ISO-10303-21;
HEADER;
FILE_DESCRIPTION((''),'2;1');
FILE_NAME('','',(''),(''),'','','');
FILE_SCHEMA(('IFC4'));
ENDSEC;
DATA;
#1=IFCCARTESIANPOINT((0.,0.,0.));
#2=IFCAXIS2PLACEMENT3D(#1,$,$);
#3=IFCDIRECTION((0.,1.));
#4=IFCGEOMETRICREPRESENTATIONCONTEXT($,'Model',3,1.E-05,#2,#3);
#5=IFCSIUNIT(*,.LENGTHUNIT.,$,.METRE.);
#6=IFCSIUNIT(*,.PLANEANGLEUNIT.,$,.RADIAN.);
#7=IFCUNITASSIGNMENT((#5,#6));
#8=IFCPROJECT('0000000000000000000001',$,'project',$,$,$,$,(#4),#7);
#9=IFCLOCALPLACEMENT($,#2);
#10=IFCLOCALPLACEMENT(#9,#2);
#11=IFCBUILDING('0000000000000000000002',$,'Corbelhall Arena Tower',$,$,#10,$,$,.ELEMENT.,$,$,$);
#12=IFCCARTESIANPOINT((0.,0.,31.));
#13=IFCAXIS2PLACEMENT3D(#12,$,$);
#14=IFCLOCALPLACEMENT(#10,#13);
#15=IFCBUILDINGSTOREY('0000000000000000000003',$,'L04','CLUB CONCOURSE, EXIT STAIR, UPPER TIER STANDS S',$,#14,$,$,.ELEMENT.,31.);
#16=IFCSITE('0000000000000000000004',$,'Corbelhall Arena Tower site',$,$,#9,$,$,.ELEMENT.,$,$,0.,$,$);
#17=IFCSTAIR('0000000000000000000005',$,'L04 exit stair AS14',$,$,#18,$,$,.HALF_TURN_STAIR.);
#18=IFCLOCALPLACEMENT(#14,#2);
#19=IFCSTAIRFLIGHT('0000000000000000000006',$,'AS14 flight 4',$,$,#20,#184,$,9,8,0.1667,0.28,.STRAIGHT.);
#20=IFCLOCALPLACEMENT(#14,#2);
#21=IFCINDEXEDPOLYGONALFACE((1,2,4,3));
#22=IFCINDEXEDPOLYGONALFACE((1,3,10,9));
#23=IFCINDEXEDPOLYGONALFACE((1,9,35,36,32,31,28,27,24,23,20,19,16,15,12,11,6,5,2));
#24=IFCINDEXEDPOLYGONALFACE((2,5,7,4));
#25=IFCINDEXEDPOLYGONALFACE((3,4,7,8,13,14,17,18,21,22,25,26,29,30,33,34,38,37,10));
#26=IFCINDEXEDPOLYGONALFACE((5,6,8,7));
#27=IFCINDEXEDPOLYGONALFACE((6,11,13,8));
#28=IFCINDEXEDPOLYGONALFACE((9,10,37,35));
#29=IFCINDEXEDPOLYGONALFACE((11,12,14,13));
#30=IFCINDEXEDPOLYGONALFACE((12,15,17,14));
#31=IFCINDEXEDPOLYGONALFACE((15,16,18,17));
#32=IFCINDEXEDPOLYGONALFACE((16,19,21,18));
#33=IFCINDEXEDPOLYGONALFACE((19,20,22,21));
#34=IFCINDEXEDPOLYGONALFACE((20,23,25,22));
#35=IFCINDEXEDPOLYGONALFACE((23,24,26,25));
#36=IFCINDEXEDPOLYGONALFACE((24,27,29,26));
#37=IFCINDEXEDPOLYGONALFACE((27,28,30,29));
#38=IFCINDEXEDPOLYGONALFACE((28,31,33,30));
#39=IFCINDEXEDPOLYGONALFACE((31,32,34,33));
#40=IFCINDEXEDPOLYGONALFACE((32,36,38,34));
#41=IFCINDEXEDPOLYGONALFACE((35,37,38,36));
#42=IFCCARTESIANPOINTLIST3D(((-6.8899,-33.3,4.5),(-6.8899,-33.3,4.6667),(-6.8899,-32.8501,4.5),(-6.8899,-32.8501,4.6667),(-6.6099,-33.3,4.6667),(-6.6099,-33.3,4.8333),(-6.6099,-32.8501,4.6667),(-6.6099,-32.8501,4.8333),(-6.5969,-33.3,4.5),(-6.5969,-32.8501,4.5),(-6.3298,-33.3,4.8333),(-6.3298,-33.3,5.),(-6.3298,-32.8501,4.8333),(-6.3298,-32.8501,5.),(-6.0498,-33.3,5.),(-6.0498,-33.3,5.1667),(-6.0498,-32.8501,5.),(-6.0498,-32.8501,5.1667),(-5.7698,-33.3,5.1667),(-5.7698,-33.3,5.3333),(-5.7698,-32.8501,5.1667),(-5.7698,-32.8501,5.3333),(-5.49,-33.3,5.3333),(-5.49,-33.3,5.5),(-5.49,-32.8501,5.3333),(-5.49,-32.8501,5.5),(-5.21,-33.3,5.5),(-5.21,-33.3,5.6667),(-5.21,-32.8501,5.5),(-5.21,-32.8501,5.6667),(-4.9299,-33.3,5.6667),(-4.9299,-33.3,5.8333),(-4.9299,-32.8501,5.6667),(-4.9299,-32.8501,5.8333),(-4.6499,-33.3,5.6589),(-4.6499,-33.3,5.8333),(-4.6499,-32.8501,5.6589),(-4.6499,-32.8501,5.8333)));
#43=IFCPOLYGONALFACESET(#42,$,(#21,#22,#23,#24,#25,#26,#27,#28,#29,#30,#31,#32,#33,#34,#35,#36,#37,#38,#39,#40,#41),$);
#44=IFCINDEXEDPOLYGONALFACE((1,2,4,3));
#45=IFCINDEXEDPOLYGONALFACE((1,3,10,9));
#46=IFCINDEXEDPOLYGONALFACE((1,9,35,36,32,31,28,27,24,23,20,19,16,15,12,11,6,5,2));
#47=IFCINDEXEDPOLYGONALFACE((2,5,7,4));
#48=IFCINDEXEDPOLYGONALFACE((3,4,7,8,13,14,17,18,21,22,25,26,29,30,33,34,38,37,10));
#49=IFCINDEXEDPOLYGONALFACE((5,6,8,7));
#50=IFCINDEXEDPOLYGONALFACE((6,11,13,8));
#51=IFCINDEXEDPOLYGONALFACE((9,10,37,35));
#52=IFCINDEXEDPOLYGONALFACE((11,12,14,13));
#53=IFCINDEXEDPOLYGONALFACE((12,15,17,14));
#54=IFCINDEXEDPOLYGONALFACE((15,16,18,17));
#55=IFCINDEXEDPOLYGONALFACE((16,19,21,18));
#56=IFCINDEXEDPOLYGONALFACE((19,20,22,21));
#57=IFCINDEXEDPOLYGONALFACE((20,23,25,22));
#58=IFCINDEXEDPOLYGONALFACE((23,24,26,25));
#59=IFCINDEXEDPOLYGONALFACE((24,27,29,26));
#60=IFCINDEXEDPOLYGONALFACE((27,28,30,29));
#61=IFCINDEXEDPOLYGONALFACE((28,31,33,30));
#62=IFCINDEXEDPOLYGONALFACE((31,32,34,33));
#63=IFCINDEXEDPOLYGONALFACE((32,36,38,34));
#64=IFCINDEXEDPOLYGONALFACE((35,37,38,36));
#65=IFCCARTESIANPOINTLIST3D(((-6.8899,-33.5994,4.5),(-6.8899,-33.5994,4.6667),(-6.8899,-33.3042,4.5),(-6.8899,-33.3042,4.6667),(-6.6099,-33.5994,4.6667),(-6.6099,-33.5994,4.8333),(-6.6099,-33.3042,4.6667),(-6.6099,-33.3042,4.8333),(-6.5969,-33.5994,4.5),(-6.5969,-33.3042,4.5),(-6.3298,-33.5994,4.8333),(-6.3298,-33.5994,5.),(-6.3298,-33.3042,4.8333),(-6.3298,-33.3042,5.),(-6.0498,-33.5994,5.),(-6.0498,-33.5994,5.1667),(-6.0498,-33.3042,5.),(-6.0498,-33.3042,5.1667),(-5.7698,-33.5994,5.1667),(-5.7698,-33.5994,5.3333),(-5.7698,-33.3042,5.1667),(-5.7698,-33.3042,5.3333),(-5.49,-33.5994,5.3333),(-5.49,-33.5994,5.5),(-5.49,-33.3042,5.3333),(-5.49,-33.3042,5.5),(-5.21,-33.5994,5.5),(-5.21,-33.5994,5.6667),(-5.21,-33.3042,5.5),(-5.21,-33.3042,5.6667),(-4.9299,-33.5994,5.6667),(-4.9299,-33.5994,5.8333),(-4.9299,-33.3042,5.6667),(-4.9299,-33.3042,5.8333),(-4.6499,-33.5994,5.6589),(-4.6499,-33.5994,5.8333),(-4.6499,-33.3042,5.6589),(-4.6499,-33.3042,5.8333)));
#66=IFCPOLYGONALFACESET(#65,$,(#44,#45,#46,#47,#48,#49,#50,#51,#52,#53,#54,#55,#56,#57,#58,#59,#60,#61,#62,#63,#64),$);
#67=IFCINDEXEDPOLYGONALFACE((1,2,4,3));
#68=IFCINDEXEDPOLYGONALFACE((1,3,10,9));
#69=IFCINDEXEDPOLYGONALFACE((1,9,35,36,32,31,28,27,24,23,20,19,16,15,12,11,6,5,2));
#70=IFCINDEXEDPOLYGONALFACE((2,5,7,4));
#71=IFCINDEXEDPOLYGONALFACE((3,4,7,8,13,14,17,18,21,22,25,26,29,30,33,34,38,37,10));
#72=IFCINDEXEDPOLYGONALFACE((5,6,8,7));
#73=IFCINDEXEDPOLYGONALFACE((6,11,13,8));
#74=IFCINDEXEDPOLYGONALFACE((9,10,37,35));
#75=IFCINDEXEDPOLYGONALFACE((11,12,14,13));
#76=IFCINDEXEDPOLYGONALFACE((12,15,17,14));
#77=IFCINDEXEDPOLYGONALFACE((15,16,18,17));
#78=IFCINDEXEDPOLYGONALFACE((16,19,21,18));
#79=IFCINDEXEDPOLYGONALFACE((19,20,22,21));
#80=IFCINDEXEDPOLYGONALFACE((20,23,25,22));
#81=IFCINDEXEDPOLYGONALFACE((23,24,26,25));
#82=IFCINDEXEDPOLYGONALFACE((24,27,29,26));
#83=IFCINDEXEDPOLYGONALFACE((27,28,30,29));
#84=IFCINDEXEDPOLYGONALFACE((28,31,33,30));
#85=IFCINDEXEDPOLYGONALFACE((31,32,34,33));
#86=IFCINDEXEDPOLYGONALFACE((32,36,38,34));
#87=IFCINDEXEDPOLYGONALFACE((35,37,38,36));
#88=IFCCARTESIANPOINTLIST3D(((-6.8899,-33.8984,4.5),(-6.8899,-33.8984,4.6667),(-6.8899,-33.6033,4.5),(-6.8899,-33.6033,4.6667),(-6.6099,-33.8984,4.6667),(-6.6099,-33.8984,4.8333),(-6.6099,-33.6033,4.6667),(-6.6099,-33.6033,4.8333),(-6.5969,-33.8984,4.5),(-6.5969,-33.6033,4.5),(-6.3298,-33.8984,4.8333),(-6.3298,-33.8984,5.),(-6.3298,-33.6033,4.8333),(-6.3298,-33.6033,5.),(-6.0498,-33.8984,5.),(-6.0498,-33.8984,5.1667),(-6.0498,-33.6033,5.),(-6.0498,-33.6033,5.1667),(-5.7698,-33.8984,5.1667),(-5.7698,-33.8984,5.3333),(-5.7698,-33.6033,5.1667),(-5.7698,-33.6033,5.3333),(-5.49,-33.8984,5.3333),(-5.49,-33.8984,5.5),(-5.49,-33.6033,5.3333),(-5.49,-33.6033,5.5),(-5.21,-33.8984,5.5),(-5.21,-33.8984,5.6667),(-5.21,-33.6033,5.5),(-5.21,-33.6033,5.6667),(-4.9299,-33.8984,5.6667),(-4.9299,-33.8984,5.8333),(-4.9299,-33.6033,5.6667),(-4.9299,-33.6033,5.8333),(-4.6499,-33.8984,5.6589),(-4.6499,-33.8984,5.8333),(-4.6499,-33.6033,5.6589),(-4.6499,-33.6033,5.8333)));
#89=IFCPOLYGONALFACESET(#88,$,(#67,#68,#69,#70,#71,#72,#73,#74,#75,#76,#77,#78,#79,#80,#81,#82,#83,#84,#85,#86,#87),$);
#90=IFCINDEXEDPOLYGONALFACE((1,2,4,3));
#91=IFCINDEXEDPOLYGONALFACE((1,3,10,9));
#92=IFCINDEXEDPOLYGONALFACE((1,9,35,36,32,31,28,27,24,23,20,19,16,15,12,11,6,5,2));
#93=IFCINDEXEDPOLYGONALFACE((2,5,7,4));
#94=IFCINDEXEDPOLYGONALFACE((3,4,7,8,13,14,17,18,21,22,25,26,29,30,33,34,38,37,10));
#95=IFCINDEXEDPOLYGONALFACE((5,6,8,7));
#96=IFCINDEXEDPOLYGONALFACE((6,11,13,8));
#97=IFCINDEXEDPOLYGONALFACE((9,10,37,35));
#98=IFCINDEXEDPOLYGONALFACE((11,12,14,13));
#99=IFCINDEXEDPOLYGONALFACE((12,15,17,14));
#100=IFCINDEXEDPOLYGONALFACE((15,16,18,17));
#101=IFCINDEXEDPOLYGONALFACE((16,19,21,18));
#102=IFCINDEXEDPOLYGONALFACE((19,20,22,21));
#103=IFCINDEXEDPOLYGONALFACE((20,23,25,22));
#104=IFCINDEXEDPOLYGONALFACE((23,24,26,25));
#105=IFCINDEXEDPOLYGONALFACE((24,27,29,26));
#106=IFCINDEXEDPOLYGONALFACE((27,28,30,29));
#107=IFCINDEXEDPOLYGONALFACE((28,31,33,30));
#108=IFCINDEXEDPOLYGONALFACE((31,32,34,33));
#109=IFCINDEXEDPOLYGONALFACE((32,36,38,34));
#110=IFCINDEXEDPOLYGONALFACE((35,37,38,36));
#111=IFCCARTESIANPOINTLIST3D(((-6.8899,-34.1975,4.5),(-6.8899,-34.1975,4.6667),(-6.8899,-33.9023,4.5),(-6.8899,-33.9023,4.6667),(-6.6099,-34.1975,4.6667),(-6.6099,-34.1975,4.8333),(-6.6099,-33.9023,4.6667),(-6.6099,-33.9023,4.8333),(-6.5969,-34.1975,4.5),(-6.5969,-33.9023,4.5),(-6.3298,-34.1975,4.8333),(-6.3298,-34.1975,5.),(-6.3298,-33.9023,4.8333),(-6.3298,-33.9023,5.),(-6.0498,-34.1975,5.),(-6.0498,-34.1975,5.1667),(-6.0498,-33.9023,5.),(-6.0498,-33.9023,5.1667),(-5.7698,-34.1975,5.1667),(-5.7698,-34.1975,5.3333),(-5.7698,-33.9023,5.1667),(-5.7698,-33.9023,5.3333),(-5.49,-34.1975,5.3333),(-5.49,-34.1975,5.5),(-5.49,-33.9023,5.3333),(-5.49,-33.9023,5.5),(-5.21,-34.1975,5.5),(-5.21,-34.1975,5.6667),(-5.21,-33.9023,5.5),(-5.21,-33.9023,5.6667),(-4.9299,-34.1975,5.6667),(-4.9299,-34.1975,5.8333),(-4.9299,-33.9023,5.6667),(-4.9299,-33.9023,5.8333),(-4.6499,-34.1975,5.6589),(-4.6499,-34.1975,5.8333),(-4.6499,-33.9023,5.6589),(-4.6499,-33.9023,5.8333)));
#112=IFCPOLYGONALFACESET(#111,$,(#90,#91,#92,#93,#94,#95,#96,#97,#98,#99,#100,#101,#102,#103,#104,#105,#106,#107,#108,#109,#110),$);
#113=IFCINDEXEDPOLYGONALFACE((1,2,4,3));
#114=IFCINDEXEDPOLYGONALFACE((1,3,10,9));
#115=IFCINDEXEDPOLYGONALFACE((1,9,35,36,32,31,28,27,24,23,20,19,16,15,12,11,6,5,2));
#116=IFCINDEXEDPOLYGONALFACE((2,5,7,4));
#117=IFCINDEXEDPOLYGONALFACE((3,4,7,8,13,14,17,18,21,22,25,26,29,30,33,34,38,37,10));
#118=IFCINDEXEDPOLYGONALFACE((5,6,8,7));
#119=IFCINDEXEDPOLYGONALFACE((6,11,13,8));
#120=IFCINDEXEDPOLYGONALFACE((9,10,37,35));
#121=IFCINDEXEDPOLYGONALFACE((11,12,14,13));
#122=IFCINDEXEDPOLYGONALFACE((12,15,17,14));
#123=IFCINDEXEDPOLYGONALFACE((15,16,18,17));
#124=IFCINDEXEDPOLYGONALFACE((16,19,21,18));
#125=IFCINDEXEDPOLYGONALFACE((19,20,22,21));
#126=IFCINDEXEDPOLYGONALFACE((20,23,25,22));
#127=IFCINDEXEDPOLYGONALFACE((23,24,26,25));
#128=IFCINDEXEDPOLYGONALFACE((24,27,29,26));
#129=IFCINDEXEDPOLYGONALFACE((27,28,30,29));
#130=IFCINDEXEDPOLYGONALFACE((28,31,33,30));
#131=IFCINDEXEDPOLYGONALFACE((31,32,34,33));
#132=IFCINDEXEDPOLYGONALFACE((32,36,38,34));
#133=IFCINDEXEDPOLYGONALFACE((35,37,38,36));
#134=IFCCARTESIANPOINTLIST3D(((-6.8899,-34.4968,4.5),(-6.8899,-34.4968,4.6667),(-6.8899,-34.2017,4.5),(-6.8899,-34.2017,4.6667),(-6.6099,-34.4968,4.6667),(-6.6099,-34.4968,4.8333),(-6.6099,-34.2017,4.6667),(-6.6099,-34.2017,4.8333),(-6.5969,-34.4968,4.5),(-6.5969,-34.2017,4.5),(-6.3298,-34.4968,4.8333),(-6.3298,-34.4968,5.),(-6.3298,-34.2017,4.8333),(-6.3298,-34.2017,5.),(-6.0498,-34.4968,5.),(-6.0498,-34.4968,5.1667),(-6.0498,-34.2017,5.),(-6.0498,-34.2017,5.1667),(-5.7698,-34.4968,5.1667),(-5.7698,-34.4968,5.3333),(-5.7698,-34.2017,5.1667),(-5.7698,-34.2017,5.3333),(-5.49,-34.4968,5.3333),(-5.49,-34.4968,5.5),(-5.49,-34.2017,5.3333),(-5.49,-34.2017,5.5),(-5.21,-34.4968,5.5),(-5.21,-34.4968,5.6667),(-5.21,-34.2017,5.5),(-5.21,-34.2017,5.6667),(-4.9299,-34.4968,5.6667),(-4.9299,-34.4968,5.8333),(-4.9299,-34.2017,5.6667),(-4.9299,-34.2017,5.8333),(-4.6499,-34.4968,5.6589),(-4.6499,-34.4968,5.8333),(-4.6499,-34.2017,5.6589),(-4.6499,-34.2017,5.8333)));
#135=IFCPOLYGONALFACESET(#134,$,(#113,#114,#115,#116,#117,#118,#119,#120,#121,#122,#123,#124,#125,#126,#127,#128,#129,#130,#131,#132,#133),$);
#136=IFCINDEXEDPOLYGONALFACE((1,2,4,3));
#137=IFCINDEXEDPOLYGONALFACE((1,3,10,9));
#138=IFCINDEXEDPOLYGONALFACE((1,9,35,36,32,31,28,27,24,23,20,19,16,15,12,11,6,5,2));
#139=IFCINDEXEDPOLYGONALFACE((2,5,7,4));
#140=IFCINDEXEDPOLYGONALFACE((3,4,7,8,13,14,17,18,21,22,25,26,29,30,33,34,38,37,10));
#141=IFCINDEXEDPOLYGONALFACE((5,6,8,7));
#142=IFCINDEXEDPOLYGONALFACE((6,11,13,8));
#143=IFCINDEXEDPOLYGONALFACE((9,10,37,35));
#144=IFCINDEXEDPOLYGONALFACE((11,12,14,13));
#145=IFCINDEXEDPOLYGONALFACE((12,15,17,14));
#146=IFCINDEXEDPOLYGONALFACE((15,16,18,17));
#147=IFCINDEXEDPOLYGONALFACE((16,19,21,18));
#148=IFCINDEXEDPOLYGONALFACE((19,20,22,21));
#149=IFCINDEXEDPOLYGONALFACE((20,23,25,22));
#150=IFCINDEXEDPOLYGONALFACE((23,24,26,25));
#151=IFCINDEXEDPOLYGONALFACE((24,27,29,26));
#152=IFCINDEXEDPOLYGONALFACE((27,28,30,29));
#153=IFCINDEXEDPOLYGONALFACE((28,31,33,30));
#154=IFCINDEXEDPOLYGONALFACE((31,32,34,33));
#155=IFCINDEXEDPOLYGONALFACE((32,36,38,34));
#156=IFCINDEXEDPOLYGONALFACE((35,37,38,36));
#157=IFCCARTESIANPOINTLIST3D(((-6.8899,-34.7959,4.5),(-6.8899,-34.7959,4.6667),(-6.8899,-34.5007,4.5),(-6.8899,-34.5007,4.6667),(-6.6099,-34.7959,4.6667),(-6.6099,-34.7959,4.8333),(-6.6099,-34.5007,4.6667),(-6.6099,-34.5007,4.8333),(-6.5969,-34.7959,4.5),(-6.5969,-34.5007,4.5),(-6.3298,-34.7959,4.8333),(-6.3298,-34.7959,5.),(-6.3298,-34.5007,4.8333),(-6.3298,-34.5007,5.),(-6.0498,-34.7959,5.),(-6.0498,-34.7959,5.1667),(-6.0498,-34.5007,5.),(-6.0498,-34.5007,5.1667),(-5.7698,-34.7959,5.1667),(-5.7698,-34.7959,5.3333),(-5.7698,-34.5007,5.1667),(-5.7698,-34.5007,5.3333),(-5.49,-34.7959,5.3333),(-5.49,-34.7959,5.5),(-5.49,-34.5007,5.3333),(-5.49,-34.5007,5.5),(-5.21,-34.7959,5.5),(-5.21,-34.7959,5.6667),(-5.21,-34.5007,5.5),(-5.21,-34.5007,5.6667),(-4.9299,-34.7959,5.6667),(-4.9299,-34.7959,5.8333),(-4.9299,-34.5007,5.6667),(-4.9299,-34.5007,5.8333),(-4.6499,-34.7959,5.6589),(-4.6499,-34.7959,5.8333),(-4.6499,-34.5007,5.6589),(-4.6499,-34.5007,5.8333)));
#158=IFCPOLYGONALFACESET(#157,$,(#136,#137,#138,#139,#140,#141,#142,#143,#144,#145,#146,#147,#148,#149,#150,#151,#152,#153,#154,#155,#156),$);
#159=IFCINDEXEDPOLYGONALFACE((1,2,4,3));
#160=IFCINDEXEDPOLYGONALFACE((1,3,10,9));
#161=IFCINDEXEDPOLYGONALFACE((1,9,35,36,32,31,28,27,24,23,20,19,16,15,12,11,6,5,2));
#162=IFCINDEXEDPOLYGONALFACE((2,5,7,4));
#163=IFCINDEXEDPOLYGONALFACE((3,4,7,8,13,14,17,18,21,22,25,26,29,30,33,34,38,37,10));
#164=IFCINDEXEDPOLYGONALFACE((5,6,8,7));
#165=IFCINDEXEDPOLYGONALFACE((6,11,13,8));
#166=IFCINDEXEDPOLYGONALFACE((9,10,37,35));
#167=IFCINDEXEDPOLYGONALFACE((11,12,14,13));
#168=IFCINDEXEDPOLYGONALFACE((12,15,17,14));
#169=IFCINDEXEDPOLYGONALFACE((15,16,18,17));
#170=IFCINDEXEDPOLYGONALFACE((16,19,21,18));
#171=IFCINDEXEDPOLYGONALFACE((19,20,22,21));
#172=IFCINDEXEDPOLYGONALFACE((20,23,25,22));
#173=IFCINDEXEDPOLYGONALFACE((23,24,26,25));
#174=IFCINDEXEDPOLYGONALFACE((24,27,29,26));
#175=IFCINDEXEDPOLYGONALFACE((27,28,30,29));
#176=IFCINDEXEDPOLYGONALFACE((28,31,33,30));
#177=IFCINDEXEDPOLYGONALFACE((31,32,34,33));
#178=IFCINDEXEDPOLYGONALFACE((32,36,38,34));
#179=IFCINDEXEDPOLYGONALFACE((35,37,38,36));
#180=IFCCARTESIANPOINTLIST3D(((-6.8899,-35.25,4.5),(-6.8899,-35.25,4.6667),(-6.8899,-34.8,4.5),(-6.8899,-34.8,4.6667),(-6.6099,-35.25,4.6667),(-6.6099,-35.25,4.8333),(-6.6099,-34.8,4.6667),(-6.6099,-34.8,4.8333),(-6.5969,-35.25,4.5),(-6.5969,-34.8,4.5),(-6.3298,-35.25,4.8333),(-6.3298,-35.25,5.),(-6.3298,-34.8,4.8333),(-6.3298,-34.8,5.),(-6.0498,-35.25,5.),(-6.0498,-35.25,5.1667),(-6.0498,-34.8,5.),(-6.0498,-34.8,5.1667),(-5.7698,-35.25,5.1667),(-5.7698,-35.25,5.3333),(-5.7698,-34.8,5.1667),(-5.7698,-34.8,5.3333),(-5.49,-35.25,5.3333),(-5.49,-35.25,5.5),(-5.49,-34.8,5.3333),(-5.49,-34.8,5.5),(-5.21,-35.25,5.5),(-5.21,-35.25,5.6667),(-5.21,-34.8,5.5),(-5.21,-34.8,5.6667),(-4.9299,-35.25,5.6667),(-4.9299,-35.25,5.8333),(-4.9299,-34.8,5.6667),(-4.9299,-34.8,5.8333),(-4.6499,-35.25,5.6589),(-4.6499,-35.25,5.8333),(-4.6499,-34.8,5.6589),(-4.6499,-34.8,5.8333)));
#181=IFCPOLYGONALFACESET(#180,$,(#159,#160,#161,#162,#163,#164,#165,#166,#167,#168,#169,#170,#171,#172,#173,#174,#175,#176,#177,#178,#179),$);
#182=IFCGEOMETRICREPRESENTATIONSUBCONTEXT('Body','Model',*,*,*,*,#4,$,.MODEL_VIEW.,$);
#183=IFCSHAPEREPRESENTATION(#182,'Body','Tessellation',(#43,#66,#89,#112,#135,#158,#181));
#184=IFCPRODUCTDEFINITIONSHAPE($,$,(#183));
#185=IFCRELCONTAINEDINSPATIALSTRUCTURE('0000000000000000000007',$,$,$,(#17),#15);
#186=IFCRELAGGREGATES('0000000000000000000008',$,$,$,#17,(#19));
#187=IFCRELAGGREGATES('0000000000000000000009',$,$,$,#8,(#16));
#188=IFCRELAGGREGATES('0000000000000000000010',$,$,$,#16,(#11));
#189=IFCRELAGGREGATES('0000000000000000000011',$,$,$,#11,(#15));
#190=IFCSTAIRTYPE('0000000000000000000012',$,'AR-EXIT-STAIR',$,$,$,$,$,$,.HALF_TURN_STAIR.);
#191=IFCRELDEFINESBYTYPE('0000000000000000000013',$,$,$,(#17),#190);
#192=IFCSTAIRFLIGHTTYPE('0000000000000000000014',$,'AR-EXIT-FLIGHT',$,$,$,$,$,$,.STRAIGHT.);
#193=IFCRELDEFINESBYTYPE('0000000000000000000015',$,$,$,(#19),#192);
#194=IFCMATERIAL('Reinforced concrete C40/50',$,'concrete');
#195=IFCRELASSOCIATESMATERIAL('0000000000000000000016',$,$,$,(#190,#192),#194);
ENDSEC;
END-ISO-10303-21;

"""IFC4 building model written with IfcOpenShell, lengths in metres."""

from ifc_helpers import new_model, si_unit, direction, frame, origin, place, context, subcontext, project, spatial, polyline, outline, extrude, material, type_object, element, aggregate, save


model = new_model("IFC4")

# Units and contexts
model_context = context("Model", 3, precision=1e-05, world=origin(), true_north=direction((0.0, 1.0)))
body_context = subcontext(model_context, "Body", "Model", "MODEL_VIEW")
ifc_project = project(units=[si_unit("LENGTHUNIT", "METRE"), si_unit("PLANEANGLEUNIT", "RADIAN")], contexts=[model_context])

# Site, building, storey
site_placement = place(None, origin())
site = spatial("IfcSite", under=ifc_project, at=site_placement, Name="Corbelhall Arena Tower site", CompositionType="ELEMENT", RefElevation=0.0)
building_placement = place(site_placement, origin())
building = spatial("IfcBuilding", under=site, at=building_placement, Name="Corbelhall Arena Tower", CompositionType="ELEMENT")
storey_placement = place(building_placement, frame((0.0, 0.0, 31.0)))
storey = spatial("IfcBuildingStorey", under=building, at=storey_placement, Name="L04", Description="CLUB CONCOURSE, EXIT STAIR, UPPER TIER STANDS S", CompositionType="ELEMENT", Elevation=31.0)

# Shared definitions
ifc_material_1 = material(Name="Reinforced concrete C40/50", Category="concrete")

# Stair, stair flight
stair_type = type_object("IfcStairType", Name="AR-EXIT-STAIR", PredefinedType="HALF_TURN_STAIR", material=ifc_material_1)
stair_flight_type = type_object("IfcStairFlightType", Name="AR-EXIT-FLIGHT", PredefinedType="STRAIGHT", material=ifc_material_1)
stair_1_placement = place(storey_placement, origin())
stair_1 = element("IfcStair", 1, at=stair_1_placement, inside=storey, type_object=stair_type, Name="L04 exit stair AS14", PredefinedType="HALF_TURN_STAIR")
stair_flight_1_placement = place(storey_placement, frame((-6.8899, -34.05, 4.5), z_axis=(0.0, 0.0, 1.0), x_axis=(1.0, 0.0, 0.0)))
stair_flight_1 = element("IfcStairFlight", 2, at=stair_flight_1_placement, type_object=stair_flight_type, Name="AS14 flight 4", NumberOfRisers=9, NumberOfTreads=8, PredefinedType="STRAIGHT", RiserHeight=0.1667, TreadLength=0.28, context=body_context, shape_type="SweptSolid", body=[
    extrude(outline(polyline([(0.0, 0.0), (0.0, 0.1667), (0.28, 0.1667), (0.28, 0.3333), (0.5601, 0.3333), (0.5601, 0.5), (0.8401, 0.5), (0.8401, 0.6667), (1.1201, 0.6667), (1.1201, 0.8333), (1.3999, 0.8333), (1.3999, 1.0), (1.6799, 1.0), (1.6799, 1.1667), (1.96, 1.1667), (1.96, 1.3333), (2.24, 1.3333), (2.24, 1.5), (2.24, 1.1589), (0.293, 0.0), (0.0, 0.0)])), frame((0.0, 1.2, 0.0), z_axis=(0.0, -1.0, 0.0), x_axis=(1.0, 0.0, 0.0)), (0.0, 0.0, 1.0), 0.45),
    extrude(outline(polyline([(0.0, 0.0), (0.0, 0.1667), (0.28, 0.1667), (0.28, 0.3333), (0.5601, 0.3333), (0.5601, 0.5), (0.8401, 0.5), (0.8401, 0.6667), (1.1201, 0.6667), (1.1201, 0.8333), (1.3999, 0.8333), (1.3999, 1.0), (1.6799, 1.0), (1.6799, 1.1667), (1.96, 1.1667), (1.96, 1.3333), (2.24, 1.3333), (2.24, 1.5), (2.24, 1.1589), (0.293, 0.0), (0.0, 0.0)])), frame((0.0, 0.7458, 0.0), z_axis=(0.0, -1.0, 0.0), x_axis=(1.0, 0.0, 0.0)), (0.0, 0.0, 1.0), 0.2952),
    extrude(outline(polyline([(0.0, 0.0), (0.0, 0.1667), (0.28, 0.1667), (0.28, 0.3333), (0.5601, 0.3333), (0.5601, 0.5), (0.8401, 0.5), (0.8401, 0.6667), (1.1201, 0.6667), (1.1201, 0.8333), (1.3999, 0.8333), (1.3999, 1.0), (1.6799, 1.0), (1.6799, 1.1667), (1.96, 1.1667), (1.96, 1.3333), (2.24, 1.3333), (2.24, 1.5), (2.24, 1.1589), (0.293, 0.0), (0.0, 0.0)])), frame((0.0, 0.4468, 0.0), z_axis=(0.0, -1.0, 0.0), x_axis=(1.0, 0.0, 0.0)), (0.0, 0.0, 1.0), 0.2952),
    extrude(outline(polyline([(0.0, 0.0), (0.0, 0.1667), (0.28, 0.1667), (0.28, 0.3333), (0.5601, 0.3333), (0.5601, 0.5), (0.8401, 0.5), (0.8401, 0.6667), (1.1201, 0.6667), (1.1201, 0.8333), (1.3999, 0.8333), (1.3999, 1.0), (1.6799, 1.0), (1.6799, 1.1667), (1.96, 1.1667), (1.96, 1.3333), (2.24, 1.3333), (2.24, 1.5), (2.24, 1.1589), (0.293, 0.0), (0.0, 0.0)])), frame((0.0, 0.1477, 0.0), z_axis=(0.0, -1.0, 0.0), x_axis=(1.0, 0.0, 0.0)), (0.0, 0.0, 1.0), 0.2952),
    extrude(outline(polyline([(0.0, 0.0), (0.0, 0.1667), (0.28, 0.1667), (0.28, 0.3333), (0.5601, 0.3333), (0.5601, 0.5), (0.8401, 0.5), (0.8401, 0.6667), (1.1201, 0.6667), (1.1201, 0.8333), (1.3999, 0.8333), (1.3999, 1.0), (1.6799, 1.0), (1.6799, 1.1667), (1.96, 1.1667), (1.96, 1.3333), (2.24, 1.3333), (2.24, 1.5), (2.24, 1.1589), (0.293, 0.0), (0.0, 0.0)])), frame((0.0, -0.1516, 0.0), z_axis=(0.0, -1.0, 0.0), x_axis=(1.0, 0.0, 0.0)), (0.0, 0.0, 1.0), 0.2952),
    extrude(outline(polyline([(0.0, 0.0), (0.0, 0.1667), (0.28, 0.1667), (0.28, 0.3333), (0.5601, 0.3333), (0.5601, 0.5), (0.8401, 0.5), (0.8401, 0.6667), (1.1201, 0.6667), (1.1201, 0.8333), (1.3999, 0.8333), (1.3999, 1.0), (1.6799, 1.0), (1.6799, 1.1667), (1.96, 1.1667), (1.96, 1.3333), (2.24, 1.3333), (2.24, 1.5), (2.24, 1.1589), (0.293, 0.0), (0.0, 0.0)])), frame((0.0, -0.4507, 0.0), z_axis=(0.0, -1.0, 0.0), x_axis=(1.0, 0.0, 0.0)), (0.0, 0.0, 1.0), 0.2952),
    extrude(outline(polyline([(0.0, 0.0), (0.0, 0.1667), (0.28, 0.1667), (0.28, 0.3333), (0.5601, 0.3333), (0.5601, 0.5), (0.8401, 0.5), (0.8401, 0.6667), (1.1201, 0.6667), (1.1201, 0.8333), (1.3999, 0.8333), (1.3999, 1.0), (1.6799, 1.0), (1.6799, 1.1667), (1.96, 1.1667), (1.96, 1.3333), (2.24, 1.3333), (2.24, 1.5), (2.24, 1.1589), (0.293, 0.0), (0.0, 0.0)])), frame((0.0, -0.75, 0.0), z_axis=(0.0, -1.0, 0.0), x_axis=(1.0, 0.0, 0.0)), (0.0, 0.0, 1.0), 0.45),
])
aggregate(stair_1, [stair_flight_1])

save(model, "model.ifc")
